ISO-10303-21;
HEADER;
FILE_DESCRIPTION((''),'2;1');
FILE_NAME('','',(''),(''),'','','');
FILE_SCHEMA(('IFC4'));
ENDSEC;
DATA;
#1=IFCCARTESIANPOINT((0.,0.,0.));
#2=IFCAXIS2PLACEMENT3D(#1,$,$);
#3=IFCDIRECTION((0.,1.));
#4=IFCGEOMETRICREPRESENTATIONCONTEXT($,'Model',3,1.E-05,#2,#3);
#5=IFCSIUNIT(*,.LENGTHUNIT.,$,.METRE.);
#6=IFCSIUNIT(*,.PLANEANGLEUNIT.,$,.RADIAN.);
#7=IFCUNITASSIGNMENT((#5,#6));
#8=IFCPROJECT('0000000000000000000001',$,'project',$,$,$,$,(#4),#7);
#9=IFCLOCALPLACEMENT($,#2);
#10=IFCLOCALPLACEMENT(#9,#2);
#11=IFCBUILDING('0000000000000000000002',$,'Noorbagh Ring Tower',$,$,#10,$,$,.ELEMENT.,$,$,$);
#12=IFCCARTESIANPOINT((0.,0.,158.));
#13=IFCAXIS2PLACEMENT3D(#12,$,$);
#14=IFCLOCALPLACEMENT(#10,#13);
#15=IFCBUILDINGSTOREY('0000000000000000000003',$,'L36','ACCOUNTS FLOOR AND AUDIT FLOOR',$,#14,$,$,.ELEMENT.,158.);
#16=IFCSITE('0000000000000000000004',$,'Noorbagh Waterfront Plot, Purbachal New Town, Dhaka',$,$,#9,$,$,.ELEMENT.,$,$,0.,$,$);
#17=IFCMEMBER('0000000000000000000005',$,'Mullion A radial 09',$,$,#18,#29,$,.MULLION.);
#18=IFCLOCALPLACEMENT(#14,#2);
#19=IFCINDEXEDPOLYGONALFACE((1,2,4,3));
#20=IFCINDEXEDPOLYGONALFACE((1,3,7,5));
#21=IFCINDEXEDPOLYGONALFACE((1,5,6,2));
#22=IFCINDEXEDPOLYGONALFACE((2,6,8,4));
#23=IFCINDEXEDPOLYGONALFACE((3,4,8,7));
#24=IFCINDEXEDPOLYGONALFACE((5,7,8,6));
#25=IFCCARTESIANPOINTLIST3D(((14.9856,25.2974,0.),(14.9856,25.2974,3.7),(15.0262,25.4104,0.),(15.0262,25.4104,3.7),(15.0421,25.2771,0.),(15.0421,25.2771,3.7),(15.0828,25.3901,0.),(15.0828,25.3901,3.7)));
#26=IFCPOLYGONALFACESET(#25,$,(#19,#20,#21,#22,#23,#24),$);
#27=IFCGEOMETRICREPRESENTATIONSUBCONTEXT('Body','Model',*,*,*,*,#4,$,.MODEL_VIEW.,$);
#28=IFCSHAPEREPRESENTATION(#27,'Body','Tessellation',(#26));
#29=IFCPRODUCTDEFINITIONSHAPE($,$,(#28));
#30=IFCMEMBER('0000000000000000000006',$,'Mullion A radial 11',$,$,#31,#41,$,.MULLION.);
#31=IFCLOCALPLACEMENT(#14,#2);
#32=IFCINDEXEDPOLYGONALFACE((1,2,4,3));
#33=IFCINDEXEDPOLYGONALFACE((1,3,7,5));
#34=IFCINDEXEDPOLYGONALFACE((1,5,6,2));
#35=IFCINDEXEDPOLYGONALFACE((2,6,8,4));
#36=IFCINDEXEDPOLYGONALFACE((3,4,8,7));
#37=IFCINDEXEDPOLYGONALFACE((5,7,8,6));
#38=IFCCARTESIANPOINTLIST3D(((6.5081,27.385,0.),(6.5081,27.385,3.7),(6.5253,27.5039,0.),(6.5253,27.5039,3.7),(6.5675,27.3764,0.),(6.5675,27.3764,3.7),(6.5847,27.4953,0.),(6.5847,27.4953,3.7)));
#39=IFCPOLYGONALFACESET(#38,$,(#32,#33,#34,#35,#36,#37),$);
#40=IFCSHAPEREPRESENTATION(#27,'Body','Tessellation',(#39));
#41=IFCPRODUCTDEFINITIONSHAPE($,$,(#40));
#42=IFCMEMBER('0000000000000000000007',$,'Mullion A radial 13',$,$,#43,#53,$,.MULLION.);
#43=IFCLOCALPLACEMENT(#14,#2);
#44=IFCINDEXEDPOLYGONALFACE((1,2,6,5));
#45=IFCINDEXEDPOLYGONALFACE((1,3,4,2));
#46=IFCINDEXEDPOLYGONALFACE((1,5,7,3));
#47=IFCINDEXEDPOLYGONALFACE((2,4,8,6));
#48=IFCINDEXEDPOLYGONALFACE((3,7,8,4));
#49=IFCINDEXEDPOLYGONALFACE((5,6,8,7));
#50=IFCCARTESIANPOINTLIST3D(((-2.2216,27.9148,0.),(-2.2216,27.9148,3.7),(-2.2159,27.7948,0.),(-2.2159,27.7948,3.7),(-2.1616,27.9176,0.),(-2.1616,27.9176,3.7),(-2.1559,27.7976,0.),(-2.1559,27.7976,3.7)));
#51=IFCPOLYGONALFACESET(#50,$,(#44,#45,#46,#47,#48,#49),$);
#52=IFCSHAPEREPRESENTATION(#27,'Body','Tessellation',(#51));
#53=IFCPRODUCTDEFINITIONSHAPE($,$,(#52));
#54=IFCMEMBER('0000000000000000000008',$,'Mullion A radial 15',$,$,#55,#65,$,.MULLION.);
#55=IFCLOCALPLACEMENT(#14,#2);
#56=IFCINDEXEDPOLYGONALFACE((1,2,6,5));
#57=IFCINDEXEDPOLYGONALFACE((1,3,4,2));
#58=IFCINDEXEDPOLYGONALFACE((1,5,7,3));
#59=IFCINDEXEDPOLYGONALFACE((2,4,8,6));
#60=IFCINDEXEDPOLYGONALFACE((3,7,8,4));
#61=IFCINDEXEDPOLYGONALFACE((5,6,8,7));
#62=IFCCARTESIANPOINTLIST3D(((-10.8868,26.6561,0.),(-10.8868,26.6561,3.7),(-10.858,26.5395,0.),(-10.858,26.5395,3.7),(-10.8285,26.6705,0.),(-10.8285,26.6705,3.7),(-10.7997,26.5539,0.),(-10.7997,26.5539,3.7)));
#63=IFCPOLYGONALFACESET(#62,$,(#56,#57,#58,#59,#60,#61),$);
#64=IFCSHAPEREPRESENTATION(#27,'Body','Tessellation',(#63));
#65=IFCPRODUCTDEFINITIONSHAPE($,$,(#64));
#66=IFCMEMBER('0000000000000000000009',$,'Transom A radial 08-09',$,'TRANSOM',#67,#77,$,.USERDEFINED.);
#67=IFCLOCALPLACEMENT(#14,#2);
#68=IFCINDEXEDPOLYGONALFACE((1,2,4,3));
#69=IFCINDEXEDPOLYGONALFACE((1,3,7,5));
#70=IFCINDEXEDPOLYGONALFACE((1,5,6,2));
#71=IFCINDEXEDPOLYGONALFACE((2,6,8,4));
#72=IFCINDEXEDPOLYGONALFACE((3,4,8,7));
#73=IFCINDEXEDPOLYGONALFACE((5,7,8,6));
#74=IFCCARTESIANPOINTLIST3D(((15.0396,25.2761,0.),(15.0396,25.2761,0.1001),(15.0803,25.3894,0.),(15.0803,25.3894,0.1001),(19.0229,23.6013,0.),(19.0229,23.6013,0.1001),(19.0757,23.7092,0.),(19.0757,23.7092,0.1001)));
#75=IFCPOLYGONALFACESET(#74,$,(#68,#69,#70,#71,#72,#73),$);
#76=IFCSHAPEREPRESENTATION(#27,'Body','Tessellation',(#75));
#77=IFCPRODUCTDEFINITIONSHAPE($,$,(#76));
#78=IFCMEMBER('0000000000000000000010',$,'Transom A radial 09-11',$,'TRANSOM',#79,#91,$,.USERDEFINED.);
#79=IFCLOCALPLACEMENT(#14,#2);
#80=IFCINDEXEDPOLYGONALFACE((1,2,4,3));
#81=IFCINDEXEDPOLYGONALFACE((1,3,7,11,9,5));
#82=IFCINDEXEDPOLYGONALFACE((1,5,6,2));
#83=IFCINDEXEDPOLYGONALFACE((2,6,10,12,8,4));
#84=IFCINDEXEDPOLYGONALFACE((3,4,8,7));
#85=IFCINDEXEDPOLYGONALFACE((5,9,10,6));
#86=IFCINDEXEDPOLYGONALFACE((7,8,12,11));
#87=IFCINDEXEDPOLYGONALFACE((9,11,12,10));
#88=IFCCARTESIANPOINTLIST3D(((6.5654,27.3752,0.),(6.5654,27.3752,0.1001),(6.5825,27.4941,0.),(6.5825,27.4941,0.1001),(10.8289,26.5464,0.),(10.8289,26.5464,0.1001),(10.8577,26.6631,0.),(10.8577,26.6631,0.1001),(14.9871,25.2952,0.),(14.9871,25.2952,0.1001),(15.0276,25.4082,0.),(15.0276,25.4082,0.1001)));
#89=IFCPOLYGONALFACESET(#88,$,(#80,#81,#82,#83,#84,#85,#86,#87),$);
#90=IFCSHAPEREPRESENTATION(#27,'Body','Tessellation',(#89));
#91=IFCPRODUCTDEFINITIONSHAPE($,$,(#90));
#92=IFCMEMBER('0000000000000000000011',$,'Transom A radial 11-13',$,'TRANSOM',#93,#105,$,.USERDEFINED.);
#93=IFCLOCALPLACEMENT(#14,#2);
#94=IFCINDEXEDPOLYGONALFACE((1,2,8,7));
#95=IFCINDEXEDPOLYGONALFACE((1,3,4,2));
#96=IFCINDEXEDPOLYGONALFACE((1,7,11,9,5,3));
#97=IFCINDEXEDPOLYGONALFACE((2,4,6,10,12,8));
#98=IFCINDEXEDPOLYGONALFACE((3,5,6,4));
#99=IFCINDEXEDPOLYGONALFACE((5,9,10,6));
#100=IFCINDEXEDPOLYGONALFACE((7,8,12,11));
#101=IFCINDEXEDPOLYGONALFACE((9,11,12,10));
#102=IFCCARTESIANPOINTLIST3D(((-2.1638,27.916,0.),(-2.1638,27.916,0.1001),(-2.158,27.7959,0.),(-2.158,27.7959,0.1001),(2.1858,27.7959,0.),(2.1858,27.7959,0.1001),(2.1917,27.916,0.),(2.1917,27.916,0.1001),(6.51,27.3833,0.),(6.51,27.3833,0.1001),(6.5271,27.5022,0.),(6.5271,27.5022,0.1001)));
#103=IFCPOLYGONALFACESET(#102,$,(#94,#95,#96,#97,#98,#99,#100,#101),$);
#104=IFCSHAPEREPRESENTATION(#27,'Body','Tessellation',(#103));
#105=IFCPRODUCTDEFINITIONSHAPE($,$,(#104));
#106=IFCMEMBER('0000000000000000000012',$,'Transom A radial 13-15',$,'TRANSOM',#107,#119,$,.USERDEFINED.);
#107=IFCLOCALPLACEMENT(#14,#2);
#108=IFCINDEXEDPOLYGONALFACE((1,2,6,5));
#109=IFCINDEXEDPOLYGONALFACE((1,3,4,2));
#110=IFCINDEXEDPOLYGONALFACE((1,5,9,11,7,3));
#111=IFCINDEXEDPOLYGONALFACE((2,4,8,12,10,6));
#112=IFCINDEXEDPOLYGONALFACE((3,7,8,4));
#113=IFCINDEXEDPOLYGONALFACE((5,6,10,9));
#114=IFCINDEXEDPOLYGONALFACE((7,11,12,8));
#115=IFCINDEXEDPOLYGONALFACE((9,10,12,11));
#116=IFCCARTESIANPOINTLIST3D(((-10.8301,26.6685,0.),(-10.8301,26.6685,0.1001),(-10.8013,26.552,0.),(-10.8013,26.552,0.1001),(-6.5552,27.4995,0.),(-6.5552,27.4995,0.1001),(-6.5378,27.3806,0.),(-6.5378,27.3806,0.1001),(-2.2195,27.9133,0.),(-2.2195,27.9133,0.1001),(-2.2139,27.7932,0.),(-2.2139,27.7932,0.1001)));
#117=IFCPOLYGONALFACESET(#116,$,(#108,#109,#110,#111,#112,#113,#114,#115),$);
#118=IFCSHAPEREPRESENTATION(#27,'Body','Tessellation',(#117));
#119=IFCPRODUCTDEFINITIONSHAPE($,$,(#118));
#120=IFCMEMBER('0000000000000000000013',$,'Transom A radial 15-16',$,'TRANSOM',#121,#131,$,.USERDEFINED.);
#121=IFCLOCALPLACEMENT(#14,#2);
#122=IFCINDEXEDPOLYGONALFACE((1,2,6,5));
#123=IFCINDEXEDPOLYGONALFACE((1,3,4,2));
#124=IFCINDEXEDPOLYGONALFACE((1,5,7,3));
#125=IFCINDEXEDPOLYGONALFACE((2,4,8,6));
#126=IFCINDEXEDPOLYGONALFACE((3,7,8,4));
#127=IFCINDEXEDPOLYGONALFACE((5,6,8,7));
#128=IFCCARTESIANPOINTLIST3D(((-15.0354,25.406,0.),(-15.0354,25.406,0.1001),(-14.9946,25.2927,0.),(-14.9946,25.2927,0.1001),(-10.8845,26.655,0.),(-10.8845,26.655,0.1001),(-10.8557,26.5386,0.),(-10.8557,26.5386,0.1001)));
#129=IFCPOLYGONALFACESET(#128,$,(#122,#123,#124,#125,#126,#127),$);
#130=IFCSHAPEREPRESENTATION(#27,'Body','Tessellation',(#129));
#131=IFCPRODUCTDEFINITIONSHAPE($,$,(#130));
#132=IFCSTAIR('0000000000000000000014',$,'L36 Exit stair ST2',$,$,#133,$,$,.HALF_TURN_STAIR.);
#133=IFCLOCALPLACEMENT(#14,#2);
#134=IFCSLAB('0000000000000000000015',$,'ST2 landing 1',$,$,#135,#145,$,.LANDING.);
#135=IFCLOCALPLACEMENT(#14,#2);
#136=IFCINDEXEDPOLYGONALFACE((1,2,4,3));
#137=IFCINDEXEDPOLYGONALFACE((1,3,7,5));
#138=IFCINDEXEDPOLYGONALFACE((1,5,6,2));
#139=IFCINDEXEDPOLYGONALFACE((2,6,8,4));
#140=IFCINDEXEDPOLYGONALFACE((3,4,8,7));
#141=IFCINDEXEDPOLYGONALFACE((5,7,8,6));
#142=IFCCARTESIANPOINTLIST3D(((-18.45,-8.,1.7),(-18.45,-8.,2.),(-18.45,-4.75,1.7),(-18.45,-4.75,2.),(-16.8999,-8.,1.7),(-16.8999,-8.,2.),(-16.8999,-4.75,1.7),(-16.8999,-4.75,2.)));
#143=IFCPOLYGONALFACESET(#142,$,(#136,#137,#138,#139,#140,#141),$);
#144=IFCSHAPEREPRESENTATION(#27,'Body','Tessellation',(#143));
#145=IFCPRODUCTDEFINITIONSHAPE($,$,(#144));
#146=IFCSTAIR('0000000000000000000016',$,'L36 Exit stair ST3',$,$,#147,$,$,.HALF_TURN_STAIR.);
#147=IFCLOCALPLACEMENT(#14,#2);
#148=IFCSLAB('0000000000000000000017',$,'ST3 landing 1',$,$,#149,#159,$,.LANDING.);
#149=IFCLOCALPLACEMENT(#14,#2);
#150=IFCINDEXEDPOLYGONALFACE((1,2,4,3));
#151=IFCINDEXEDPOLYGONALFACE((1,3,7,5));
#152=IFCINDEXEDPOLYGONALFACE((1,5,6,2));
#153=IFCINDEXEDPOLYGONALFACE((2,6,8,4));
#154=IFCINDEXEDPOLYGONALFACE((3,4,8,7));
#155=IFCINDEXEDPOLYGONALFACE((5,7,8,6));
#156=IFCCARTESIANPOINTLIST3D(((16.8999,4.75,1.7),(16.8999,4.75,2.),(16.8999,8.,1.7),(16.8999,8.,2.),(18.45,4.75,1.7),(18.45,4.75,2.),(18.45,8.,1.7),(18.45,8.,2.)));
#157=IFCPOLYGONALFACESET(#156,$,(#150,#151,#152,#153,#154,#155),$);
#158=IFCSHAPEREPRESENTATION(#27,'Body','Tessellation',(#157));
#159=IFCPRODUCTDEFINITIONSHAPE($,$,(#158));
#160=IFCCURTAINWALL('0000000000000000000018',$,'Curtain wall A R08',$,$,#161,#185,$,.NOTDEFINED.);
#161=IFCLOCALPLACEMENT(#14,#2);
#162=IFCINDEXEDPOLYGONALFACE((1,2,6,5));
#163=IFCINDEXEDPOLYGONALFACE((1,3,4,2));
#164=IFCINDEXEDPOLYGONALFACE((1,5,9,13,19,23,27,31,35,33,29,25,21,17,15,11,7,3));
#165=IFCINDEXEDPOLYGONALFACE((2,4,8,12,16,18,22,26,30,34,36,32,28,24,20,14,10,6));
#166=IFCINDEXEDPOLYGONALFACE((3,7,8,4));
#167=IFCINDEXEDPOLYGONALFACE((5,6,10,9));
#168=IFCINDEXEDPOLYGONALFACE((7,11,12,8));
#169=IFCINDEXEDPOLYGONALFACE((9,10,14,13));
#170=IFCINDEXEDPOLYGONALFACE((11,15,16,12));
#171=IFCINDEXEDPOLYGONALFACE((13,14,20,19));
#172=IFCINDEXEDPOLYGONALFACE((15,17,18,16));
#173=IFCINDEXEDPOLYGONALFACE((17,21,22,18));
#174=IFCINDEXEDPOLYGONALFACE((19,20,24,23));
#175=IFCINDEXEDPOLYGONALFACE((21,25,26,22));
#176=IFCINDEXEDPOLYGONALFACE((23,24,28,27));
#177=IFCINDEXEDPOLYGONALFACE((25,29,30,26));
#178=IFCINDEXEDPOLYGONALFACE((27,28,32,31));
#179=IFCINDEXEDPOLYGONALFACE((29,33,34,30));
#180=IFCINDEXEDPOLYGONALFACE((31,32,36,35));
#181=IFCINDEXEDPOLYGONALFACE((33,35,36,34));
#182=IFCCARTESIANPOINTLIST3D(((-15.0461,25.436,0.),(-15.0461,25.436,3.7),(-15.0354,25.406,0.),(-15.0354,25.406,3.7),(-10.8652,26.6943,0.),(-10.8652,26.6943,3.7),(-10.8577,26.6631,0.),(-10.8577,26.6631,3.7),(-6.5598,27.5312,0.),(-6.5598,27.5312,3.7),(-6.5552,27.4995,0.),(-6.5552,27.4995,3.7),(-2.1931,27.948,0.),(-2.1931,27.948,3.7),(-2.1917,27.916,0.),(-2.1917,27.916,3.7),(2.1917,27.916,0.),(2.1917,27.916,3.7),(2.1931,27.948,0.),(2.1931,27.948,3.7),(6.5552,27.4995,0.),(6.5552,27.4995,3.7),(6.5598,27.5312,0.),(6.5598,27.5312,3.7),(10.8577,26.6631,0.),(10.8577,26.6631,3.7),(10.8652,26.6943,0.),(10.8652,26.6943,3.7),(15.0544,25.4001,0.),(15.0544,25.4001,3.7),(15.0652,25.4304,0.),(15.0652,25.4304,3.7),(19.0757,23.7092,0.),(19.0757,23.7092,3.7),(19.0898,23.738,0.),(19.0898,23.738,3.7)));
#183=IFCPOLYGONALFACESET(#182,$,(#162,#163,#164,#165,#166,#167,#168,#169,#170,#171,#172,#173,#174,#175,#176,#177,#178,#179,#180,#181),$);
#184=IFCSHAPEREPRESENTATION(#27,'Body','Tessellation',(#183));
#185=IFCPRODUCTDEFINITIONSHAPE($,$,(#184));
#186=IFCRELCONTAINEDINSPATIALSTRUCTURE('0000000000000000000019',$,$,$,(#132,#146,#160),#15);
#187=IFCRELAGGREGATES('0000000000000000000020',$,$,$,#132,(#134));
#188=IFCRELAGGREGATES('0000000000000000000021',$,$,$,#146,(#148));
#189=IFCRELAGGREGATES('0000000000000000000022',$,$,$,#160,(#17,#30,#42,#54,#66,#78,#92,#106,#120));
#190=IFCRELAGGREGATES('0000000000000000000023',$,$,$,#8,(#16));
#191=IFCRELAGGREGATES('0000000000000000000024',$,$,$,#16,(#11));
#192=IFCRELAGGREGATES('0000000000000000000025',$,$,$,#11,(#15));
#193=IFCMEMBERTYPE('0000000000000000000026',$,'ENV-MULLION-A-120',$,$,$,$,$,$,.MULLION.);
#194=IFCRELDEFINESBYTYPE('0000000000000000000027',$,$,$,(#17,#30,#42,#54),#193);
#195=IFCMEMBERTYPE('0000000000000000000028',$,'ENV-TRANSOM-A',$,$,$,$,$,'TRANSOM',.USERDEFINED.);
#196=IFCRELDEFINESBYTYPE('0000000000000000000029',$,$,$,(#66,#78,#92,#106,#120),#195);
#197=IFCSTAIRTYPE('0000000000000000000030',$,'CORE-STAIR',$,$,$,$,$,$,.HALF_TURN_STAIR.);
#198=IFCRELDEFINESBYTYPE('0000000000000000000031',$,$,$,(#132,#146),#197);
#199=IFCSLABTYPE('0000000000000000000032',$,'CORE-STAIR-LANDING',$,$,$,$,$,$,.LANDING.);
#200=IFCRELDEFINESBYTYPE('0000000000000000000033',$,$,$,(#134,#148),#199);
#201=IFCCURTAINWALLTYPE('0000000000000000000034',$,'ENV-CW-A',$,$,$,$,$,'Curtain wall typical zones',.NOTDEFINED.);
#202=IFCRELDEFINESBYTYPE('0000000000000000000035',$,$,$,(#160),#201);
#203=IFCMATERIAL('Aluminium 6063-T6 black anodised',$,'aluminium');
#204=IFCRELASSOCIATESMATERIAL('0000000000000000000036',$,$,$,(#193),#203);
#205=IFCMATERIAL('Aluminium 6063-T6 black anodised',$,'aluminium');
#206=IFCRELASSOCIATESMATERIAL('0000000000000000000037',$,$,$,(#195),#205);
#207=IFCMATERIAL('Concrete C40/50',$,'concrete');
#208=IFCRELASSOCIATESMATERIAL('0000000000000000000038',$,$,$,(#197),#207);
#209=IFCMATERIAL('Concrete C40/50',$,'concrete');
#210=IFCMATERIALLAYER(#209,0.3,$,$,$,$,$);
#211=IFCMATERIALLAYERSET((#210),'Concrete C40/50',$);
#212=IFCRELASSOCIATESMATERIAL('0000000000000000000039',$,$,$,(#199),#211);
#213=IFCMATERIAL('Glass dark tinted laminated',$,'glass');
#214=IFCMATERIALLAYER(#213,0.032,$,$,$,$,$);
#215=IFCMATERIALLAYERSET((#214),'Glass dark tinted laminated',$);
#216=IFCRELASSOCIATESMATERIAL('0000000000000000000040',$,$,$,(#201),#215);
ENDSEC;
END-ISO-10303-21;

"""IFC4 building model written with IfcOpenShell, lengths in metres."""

from ifc_helpers import new_model, si_unit, direction, frame, origin, origin_2d, place, context, subcontext, project, spatial, polyline, rectangle, outline, extrude, material, layer, layer_set, material_profile, profile_set, type_object, element, aggregate, save


model = new_model("IFC4")

# Units and contexts
model_context = context("Model", 3, precision=1e-05, world=origin(), true_north=direction((0.0, 1.0)))
body_context = subcontext(model_context, "Body", "Model", "MODEL_VIEW")
ifc_project = project(units=[si_unit("LENGTHUNIT", "METRE"), si_unit("PLANEANGLEUNIT", "RADIAN")], contexts=[model_context])

# Members
ifc_material_1 = material(Name="Aluminium 6063-T6 black anodised", Category="aluminium")
ifc_material_profile = material_profile(ifc_material_1, rectangle(XDim=0.1201, YDim=0.0601, at=origin_2d()), Name="120x60")
ifc_profile_set = profile_set([ifc_material_profile], Name="Aluminium 6063-T6 black anodised")
member_type_1 = type_object("IfcMemberType", Name="ENV-MULLION-A-120", PredefinedType="MULLION", material=ifc_profile_set)
site_placement = place(None, origin())
building_placement = place(site_placement, origin())
storey_placement = place(building_placement, frame((0.0, 0.0, 158.0)))
member_1_placement = place(storey_placement, frame((15.0342, 25.3438, 0.0), z_axis=(0.0, 0.0, 1.0), x_axis=(-0.338379, -0.94101, 0.0)))
member_1 = element("IfcMember", 1, at=member_1_placement, type_object=member_type_1, Name="Mullion A radial 09", PredefinedType="MULLION", context=body_context, shape_type="SweptSolid", body=[
    extrude(rectangle(XDim=0.1201, YDim=0.0601, at=origin_2d()), origin(), (0.0, 0.0, 1.0), 3.7),
])
member_2_placement = place(storey_placement, frame((6.5464, 27.4402, 0.0), z_axis=(0.0, 0.0, 1.0), x_axis=(-0.143082, -0.989711, 0.0)))
member_2 = element("IfcMember", 2, at=member_2_placement, type_object=member_type_1, Name="Mullion A radial 11", PredefinedType="MULLION", context=body_context, shape_type="SweptSolid", body=[
    extrude(rectangle(XDim=0.1201, YDim=0.0601, at=origin_2d()), origin(), (0.0, 0.0, 1.0), 3.7),
])
member_3_placement = place(storey_placement, frame((-2.1887, 27.8562, 0.0), z_axis=(0.0, 0.0, 1.0), x_axis=(0.047558, -0.998868, 0.0)))
member_3 = element("IfcMember", 3, at=member_3_placement, type_object=member_type_1, Name="Mullion A radial 13", PredefinedType="MULLION", context=body_context, shape_type="SweptSolid", body=[
    extrude(rectangle(XDim=0.1201, YDim=0.0601, at=origin_2d()), origin(), (0.0, 0.0, 1.0), 3.7),
])
member_4_placement = place(storey_placement, frame((-10.8433, 26.605, 0.0), z_axis=(0.0, 0.0, 1.0), x_axis=(0.239799, -0.970823, 0.0)))
member_4 = element("IfcMember", 4, at=member_4_placement, type_object=member_type_1, Name="Mullion A radial 15", PredefinedType="MULLION", context=body_context, shape_type="SweptSolid", body=[
    extrude(rectangle(XDim=0.1201, YDim=0.0601, at=origin_2d()), origin(), (0.0, 0.0, 1.0), 3.7),
])
ifc_material_2 = material(Name="Aluminium 6063-T6 black anodised", Category="aluminium")
member_type_2 = type_object("IfcMemberType", Name="ENV-TRANSOM-A", ElementType="TRANSOM", PredefinedType="USERDEFINED", material=ifc_material_2)
member_5_placement = place(storey_placement, origin())
member_5 = element("IfcMember", 5, at=member_5_placement, type_object=member_type_2, Name="Transom A radial 08-09", ObjectType="TRANSOM", PredefinedType="USERDEFINED", context=body_context, shape_type="SweptSolid", body=[
    extrude(outline(polyline([(19.0757, 23.7092), (15.0803, 25.3894), (15.0396, 25.2761), (19.0229, 23.6013), (19.0757, 23.7092)])), origin(), (0.0, 0.0, 1.0), 0.1001),
])
member_6_placement = place(storey_placement, origin())
member_6 = element("IfcMember", 6, at=member_6_placement, type_object=member_type_2, Name="Transom A radial 09-11", ObjectType="TRANSOM", PredefinedType="USERDEFINED", context=body_context, shape_type="SweptSolid", body=[
    extrude(outline(polyline([(15.0276, 25.4082), (10.8577, 26.6631), (6.5825, 27.4941), (6.5654, 27.3752), (10.8289, 26.5464), (14.9871, 25.2952), (15.0276, 25.4082)])), origin(), (0.0, 0.0, 1.0), 0.1001),
])
member_7_placement = place(storey_placement, origin())
member_7 = element("IfcMember", 7, at=member_7_placement, type_object=member_type_2, Name="Transom A radial 11-13", ObjectType="TRANSOM", PredefinedType="USERDEFINED", context=body_context, shape_type="SweptSolid", body=[
    extrude(outline(polyline([(6.5271, 27.5022), (2.1917, 27.916), (-2.1638, 27.916), (-2.158, 27.7959), (2.1858, 27.7959), (6.51, 27.3833), (6.5271, 27.5022)])), origin(), (0.0, 0.0, 1.0), 0.1001),
])
member_8_placement = place(storey_placement, origin())
member_8 = element("IfcMember", 8, at=member_8_placement, type_object=member_type_2, Name="Transom A radial 13-15", ObjectType="TRANSOM", PredefinedType="USERDEFINED", context=body_context, shape_type="SweptSolid", body=[
    extrude(outline(polyline([(-2.2195, 27.9133), (-6.5552, 27.4995), (-10.8301, 26.6685), (-10.8013, 26.552), (-6.5378, 27.3806), (-2.2139, 27.7932), (-2.2195, 27.9133)])), origin(), (0.0, 0.0, 1.0), 0.1001),
])
member_9_placement = place(storey_placement, origin())
member_9 = element("IfcMember", 9, at=member_9_placement, type_object=member_type_2, Name="Transom A radial 15-16", ObjectType="TRANSOM", PredefinedType="USERDEFINED", context=body_context, shape_type="SweptSolid", body=[
    extrude(outline(polyline([(-10.8845, 26.655), (-15.0354, 25.406), (-14.9946, 25.2927), (-10.8557, 26.5386), (-10.8845, 26.655)])), origin(), (0.0, 0.0, 1.0), 0.1001),
])

# Site, building, storey
site = spatial("IfcSite", under=ifc_project, at=site_placement, Name="Noorbagh Waterfront Plot, Purbachal New Town, Dhaka", CompositionType="ELEMENT", RefElevation=0.0)
building = spatial("IfcBuilding", under=site, at=building_placement, Name="Noorbagh Ring Tower", CompositionType="ELEMENT")
storey = spatial("IfcBuildingStorey", under=building, at=storey_placement, Name="L36", Description="ACCOUNTS FLOOR AND AUDIT FLOOR", CompositionType="ELEMENT", Elevation=158.0)

# Stairs, slabs
ifc_material_3 = material(Name="Concrete C40/50", Category="concrete")
stair_type = type_object("IfcStairType", Name="CORE-STAIR", PredefinedType="HALF_TURN_STAIR", material=ifc_material_3)
stair_1_placement = place(storey_placement, origin())
stair_1 = element("IfcStair", 10, at=stair_1_placement, inside=storey, type_object=stair_type, Name="L36 Exit stair ST2", PredefinedType="HALF_TURN_STAIR")
ifc_material_4 = material(Name="Concrete C40/50", Category="concrete")
ifc_layer_1 = layer(ifc_material_4, 0.3)
ifc_layer_set_1 = layer_set([ifc_layer_1], Name="Concrete C40/50")
slab_type = type_object("IfcSlabType", Name="CORE-STAIR-LANDING", PredefinedType="LANDING", material=ifc_layer_set_1)
slab_1_placement = place(storey_placement, frame((0.0, 0.0, 1.7)))
slab_1 = element("IfcSlab", 11, at=slab_1_placement, type_object=slab_type, Name="ST2 landing 1", PredefinedType="LANDING", context=body_context, shape_type="SweptSolid", body=[
    extrude(outline(polyline([(-18.45, -8.0), (-16.8999, -8.0), (-16.8999, -4.75), (-18.45, -4.75), (-18.45, -8.0)])), origin(), (0.0, 0.0, 1.0), 0.3),
])
aggregate(stair_1, [slab_1])
stair_2_placement = place(storey_placement, origin())
stair_2 = element("IfcStair", 12, at=stair_2_placement, inside=storey, type_object=stair_type, Name="L36 Exit stair ST3", PredefinedType="HALF_TURN_STAIR")
slab_2_placement = place(storey_placement, frame((0.0, 0.0, 1.7)))
slab_2 = element("IfcSlab", 13, at=slab_2_placement, type_object=slab_type, Name="ST3 landing 1", PredefinedType="LANDING", context=body_context, shape_type="SweptSolid", body=[
    extrude(outline(polyline([(18.45, 8.0), (16.8999, 8.0), (16.8999, 4.75), (18.45, 4.75), (18.45, 8.0)])), origin(), (0.0, 0.0, 1.0), 0.3),
])
aggregate(stair_2, [slab_2])

# Curtain wall
ifc_material_5 = material(Name="Glass dark tinted laminated", Category="glass")
ifc_layer_2 = layer(ifc_material_5, 0.032)
ifc_layer_set_2 = layer_set([ifc_layer_2], Name="Glass dark tinted laminated")
curtain_wall_type = type_object("IfcCurtainWallType", Name="ENV-CW-A", ElementType="Curtain wall typical zones", PredefinedType="NOTDEFINED", material=ifc_layer_set_2)
curtain_wall_1_placement = place(storey_placement, origin())
curtain_wall_1 = element("IfcCurtainWall", 14, at=curtain_wall_1_placement, inside=storey, type_object=curtain_wall_type, Name="Curtain wall A R08", PredefinedType="NOTDEFINED", context=body_context, shape_type="SweptSolid", body=[
    extrude(outline(polyline([(19.0898, 23.738), (15.0652, 25.4304), (10.8652, 26.6943), (6.5598, 27.5312), (2.1931, 27.948), (-2.1931, 27.948), (-6.5598, 27.5312), (-10.8652, 26.6943), (-15.0461, 25.436), (-15.0354, 25.406), (-10.8577, 26.6631), (-6.5552, 27.4995), (-2.1917, 27.916), (2.1917, 27.916), (6.5552, 27.4995), (10.8577, 26.6631), (15.0544, 25.4001), (19.0757, 23.7092), (19.0898, 23.738)])), origin(), (0.0, 0.0, 1.0), 3.7),
])
aggregate(curtain_wall_1, [member_1, member_2, member_3, member_4, member_5, member_6, member_7, member_8, member_9])

save(model, "model.ifc")
